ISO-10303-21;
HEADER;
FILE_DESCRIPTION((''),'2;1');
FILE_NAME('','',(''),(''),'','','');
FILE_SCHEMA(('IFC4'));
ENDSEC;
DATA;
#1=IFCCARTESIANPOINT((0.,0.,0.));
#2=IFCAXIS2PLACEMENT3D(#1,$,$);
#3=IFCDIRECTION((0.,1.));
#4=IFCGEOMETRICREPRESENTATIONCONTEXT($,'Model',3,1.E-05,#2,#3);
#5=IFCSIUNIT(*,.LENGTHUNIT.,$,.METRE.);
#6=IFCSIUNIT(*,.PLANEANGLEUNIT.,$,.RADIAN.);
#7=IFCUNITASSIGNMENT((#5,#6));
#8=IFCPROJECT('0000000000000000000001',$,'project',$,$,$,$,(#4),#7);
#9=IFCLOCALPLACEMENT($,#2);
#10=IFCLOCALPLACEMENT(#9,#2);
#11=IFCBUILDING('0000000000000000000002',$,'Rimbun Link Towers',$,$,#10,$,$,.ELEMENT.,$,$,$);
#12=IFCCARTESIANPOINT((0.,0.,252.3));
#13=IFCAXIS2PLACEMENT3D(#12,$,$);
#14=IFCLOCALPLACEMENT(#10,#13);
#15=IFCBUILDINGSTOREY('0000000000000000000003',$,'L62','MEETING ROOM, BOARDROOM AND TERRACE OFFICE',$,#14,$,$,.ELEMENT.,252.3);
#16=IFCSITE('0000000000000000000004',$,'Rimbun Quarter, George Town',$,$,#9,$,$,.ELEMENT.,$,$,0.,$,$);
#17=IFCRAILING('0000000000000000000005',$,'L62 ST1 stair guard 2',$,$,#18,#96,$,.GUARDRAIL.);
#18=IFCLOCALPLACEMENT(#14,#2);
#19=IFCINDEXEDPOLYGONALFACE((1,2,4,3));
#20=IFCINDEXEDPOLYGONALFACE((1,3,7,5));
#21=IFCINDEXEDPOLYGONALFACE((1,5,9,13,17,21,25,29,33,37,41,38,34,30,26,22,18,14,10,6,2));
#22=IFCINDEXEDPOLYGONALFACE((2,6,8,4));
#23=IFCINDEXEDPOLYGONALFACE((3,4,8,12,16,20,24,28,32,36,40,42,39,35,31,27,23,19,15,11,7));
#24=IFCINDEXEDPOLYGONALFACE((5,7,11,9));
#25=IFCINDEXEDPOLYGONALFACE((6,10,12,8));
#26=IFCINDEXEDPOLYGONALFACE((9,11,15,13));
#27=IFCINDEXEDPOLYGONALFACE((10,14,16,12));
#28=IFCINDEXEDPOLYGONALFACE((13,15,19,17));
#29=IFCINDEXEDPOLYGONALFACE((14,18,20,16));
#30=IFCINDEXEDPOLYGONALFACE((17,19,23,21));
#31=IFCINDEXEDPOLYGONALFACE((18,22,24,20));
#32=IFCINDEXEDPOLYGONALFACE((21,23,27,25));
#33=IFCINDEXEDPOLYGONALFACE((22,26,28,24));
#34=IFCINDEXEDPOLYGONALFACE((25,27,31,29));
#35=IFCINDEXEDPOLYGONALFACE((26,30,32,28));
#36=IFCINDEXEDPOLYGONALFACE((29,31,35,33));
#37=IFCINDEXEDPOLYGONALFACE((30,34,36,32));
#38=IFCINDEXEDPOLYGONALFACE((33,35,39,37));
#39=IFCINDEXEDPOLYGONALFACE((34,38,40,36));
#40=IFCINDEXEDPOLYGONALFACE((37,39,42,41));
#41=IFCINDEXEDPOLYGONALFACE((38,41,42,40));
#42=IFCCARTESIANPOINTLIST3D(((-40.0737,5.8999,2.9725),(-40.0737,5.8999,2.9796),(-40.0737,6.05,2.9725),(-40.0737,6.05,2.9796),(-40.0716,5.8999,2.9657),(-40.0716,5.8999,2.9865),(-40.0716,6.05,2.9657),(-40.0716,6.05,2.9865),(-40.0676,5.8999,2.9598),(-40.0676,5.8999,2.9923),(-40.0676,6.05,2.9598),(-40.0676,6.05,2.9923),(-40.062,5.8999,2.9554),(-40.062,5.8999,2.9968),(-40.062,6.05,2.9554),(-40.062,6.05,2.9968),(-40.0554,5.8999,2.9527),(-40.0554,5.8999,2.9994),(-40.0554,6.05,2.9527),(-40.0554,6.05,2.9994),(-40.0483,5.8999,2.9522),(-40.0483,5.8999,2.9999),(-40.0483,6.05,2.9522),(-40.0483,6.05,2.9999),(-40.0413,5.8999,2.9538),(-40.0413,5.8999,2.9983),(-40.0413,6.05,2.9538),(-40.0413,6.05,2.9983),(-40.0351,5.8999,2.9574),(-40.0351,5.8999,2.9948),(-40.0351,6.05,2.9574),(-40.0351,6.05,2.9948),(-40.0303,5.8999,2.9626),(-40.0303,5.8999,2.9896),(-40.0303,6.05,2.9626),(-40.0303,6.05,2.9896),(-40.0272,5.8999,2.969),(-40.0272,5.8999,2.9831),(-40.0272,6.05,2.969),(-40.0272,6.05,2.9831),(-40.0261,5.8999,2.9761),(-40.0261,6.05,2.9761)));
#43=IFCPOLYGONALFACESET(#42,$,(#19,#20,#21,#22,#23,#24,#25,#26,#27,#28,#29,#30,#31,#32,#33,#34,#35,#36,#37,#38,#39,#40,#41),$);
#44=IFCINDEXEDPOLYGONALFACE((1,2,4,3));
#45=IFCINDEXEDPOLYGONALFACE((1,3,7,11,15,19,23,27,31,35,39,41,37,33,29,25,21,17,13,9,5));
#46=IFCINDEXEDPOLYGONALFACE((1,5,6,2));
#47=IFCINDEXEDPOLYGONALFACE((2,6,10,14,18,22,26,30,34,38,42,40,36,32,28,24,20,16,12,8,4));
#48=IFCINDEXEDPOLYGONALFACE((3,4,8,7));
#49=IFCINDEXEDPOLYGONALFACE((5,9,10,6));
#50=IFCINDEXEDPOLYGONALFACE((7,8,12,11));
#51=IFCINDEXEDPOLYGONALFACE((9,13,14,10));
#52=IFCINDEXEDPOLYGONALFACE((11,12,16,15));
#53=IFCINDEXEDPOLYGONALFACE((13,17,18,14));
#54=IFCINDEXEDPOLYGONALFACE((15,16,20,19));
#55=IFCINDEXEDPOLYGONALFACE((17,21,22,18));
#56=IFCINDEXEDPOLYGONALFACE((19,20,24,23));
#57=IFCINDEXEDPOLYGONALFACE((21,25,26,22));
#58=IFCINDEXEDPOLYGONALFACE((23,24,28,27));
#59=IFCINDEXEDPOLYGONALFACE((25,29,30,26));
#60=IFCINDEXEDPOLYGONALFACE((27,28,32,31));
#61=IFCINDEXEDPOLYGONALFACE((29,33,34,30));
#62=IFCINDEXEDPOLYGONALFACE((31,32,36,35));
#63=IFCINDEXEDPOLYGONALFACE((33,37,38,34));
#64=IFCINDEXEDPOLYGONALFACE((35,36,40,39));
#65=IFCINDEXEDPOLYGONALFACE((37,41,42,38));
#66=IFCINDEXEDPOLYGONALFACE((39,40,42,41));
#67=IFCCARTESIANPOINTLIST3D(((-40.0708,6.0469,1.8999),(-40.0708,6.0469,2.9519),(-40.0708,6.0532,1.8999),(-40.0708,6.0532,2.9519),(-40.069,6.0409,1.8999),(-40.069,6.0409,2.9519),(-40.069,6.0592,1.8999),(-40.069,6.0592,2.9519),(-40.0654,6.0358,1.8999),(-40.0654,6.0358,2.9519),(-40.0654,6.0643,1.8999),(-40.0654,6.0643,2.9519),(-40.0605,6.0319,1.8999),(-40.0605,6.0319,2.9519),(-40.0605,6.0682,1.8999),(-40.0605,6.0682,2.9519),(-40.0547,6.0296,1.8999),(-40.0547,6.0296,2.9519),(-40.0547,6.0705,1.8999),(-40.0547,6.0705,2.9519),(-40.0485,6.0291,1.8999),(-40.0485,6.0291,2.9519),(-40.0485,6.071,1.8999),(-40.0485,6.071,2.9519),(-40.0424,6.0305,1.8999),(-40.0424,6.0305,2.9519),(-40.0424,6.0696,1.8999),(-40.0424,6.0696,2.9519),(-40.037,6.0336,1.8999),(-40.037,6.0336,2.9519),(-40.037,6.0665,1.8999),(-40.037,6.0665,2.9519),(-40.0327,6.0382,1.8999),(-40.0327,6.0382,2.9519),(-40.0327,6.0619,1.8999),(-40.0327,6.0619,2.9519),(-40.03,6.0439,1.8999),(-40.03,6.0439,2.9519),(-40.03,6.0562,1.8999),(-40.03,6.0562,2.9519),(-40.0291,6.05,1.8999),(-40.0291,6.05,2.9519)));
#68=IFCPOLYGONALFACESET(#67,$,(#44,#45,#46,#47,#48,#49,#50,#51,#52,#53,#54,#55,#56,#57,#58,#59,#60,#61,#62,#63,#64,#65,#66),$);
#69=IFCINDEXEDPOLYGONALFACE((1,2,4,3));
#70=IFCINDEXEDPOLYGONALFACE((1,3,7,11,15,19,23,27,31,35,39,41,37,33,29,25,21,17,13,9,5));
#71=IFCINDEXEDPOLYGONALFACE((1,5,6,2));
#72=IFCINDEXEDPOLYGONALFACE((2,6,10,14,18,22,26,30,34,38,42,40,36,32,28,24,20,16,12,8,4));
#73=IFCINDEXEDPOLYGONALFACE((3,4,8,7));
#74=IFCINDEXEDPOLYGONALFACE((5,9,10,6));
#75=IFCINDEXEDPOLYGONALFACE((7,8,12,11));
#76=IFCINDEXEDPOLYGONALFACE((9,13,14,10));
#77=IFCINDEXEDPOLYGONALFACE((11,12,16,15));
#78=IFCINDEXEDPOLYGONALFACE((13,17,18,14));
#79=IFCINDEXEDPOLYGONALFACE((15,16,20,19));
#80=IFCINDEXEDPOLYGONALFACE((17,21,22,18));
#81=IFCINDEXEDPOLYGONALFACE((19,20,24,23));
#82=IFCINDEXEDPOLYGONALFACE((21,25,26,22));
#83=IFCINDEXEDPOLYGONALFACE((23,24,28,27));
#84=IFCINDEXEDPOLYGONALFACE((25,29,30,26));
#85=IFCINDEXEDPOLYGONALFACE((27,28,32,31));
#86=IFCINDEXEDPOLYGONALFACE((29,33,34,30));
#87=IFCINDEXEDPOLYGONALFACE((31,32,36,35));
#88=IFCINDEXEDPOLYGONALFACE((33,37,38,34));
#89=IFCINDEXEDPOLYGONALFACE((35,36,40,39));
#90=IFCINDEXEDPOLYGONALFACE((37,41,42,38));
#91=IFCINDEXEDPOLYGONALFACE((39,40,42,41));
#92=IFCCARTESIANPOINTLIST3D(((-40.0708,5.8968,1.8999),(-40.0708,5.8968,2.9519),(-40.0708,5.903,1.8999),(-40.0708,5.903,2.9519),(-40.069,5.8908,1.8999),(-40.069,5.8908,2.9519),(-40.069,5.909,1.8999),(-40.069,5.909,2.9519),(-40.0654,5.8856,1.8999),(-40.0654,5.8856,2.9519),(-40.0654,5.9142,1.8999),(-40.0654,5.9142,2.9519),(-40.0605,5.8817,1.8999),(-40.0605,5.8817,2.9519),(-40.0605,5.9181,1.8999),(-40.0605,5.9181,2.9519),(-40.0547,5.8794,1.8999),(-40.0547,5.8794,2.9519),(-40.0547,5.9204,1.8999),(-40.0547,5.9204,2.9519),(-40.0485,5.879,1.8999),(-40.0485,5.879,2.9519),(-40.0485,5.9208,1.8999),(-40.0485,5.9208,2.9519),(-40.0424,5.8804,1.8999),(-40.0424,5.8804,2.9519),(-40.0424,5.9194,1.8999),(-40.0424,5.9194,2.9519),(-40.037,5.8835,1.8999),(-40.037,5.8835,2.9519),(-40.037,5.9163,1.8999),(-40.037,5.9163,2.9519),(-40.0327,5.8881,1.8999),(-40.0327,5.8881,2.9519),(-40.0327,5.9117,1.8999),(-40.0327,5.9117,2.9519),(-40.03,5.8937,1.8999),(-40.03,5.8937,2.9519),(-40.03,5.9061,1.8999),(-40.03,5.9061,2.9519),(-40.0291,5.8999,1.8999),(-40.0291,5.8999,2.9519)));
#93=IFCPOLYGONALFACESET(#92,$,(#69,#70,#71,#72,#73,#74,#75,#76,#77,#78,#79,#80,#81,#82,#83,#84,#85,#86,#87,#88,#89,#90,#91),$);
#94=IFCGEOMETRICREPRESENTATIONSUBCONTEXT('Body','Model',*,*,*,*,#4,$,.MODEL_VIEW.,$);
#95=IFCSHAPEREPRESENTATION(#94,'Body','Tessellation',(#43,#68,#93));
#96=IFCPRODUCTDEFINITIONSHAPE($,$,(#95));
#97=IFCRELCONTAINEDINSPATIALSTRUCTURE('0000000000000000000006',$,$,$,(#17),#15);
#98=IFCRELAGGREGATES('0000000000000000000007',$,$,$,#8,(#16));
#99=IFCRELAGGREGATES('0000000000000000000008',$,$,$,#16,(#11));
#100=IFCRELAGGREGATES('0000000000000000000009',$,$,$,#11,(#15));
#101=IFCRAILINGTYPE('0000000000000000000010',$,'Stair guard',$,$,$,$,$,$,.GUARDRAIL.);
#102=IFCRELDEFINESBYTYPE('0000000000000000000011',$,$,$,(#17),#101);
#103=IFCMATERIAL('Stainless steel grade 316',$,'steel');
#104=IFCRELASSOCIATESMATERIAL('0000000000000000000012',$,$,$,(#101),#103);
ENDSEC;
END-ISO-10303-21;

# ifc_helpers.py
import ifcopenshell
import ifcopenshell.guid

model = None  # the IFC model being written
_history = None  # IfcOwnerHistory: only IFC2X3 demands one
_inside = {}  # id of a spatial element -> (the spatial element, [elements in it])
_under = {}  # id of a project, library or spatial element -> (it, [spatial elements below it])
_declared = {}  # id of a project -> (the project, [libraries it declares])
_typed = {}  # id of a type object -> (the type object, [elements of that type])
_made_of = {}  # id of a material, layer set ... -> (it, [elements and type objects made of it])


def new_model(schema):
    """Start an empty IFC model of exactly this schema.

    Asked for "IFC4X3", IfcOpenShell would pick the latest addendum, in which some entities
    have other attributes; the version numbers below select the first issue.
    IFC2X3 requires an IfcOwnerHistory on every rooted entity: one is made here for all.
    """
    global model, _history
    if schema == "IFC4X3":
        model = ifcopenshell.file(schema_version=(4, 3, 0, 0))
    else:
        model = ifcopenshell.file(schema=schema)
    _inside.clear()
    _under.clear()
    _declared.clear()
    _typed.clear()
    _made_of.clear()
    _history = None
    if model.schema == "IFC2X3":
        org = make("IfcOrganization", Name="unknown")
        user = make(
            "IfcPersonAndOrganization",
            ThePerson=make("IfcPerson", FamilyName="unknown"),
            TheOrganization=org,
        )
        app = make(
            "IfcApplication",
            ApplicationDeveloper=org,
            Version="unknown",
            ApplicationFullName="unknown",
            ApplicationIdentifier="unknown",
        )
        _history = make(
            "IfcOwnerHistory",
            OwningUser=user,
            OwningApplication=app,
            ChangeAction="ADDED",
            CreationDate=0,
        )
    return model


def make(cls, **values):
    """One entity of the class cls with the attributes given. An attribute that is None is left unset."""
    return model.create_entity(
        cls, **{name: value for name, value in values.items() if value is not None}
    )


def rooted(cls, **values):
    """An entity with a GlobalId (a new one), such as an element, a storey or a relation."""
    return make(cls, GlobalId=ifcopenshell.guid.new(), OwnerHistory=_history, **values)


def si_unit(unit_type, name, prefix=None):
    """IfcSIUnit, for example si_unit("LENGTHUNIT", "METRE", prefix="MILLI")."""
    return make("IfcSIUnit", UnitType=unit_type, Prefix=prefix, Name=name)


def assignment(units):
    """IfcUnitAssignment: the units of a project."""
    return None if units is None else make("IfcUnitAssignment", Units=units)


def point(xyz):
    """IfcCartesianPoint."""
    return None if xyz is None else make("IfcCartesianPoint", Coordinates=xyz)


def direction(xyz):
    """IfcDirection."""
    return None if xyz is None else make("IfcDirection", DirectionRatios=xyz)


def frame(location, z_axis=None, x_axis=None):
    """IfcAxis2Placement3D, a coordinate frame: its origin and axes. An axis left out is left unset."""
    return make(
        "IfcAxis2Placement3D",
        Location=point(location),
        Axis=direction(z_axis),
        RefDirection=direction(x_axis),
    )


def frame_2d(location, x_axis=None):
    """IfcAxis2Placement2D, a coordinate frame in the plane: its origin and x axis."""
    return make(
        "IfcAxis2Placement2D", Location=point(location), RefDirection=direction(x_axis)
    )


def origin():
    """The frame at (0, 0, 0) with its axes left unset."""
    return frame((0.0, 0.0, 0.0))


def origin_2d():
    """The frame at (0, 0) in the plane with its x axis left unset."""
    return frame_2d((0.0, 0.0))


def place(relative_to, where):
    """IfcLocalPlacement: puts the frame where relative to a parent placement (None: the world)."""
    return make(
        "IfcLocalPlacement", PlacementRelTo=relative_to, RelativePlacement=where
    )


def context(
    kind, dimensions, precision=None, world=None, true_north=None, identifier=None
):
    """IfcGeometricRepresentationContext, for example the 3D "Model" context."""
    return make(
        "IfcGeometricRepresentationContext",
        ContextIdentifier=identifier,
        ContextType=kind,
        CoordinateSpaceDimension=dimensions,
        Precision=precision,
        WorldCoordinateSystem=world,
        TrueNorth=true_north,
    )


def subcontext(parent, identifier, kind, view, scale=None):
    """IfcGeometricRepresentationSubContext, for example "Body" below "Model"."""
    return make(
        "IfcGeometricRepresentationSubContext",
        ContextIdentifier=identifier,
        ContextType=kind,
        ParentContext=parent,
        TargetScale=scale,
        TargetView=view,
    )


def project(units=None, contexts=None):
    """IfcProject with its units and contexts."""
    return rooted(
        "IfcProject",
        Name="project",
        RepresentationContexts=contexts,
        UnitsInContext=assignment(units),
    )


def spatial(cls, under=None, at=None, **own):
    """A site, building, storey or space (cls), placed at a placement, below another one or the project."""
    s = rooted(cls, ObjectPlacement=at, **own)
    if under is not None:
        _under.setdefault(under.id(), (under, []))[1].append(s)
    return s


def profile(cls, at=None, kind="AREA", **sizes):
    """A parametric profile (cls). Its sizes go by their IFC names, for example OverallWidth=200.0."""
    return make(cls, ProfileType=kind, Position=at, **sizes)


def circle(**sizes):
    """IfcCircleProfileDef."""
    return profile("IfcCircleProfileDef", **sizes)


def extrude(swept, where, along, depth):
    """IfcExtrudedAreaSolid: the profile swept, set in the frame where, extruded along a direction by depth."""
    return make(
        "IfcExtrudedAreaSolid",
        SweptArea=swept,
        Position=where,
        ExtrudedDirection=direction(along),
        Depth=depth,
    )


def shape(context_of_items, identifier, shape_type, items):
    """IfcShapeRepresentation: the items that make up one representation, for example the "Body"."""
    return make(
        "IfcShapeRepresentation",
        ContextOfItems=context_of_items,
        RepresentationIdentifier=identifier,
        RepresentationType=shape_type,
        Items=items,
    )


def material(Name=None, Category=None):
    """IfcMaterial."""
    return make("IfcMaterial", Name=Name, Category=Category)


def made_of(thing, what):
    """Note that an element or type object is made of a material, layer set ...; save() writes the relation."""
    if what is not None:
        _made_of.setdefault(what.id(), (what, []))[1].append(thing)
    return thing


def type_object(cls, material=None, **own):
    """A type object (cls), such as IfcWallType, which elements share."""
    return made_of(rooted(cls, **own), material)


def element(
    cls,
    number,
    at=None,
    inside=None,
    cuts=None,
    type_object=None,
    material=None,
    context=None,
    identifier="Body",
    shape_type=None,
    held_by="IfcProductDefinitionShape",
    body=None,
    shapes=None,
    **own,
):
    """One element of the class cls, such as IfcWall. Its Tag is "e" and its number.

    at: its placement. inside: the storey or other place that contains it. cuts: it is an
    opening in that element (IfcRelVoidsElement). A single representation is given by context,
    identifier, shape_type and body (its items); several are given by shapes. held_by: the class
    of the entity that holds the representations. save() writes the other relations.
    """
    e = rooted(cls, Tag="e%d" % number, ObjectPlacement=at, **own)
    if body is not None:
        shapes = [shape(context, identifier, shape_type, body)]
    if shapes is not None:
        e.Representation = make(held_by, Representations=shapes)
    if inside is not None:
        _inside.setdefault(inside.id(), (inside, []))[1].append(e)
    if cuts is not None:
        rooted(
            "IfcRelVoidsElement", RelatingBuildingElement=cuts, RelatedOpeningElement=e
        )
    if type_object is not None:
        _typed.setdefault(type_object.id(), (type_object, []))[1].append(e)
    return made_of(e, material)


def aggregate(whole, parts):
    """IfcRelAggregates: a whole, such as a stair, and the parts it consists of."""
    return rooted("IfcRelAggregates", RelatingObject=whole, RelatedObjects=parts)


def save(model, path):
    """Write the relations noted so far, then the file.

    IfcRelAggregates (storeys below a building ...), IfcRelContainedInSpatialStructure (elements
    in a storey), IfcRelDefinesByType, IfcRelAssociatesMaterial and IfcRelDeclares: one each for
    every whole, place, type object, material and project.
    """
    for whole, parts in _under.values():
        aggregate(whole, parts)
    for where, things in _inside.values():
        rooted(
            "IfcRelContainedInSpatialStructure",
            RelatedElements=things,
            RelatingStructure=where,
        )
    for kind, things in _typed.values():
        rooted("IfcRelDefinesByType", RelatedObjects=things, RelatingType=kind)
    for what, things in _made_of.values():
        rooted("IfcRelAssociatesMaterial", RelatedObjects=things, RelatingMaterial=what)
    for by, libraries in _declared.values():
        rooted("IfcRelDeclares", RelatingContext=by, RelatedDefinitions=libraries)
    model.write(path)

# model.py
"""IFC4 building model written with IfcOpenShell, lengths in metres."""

from ifc_helpers import new_model, si_unit, direction, frame, origin, origin_2d, place, context, subcontext, project, spatial, circle, extrude, material, type_object, element, save


model = new_model("IFC4")

# Units and contexts
model_context = context("Model", 3, precision=1e-05, world=origin(), true_north=direction((0.0, 1.0)))
body_context = subcontext(model_context, "Body", "Model", "MODEL_VIEW")
ifc_project = project(units=[si_unit("LENGTHUNIT", "METRE"), si_unit("PLANEANGLEUNIT", "RADIAN")], contexts=[model_context])

# Site, building, storey
site_placement = place(None, origin())
site = spatial("IfcSite", under=ifc_project, at=site_placement, Name="Rimbun Quarter, George Town", CompositionType="ELEMENT", RefElevation=0.0)
building_placement = place(site_placement, origin())
building = spatial("IfcBuilding", under=site, at=building_placement, Name="Rimbun Link Towers", CompositionType="ELEMENT")
storey_placement = place(building_placement, frame((0.0, 0.0, 252.3)))
storey = spatial("IfcBuildingStorey", under=building, at=storey_placement, Name="L62", Description="MEETING ROOM, BOARDROOM AND TERRACE OFFICE", CompositionType="ELEMENT", Elevation=252.3)

# Railing
ifc_material_1 = material(Name="Stainless steel grade 316", Category="steel")
railing_type_1 = type_object("IfcRailingType", Name="Stair guard", PredefinedType="GUARDRAIL", material=ifc_material_1)
railing_1_placement = place(storey_placement, frame((-40.05, 6.05, 1.8999)))
element("IfcRailing", 1, at=railing_1_placement, inside=storey, type_object=railing_type_1, Name="L62 ST1 stair guard 2", PredefinedType="GUARDRAIL", context=body_context, shape_type="SweptSolid", body=[
    extrude(circle(Radius=0.0239, at=origin_2d()), frame((0.0, 0.0, 1.0762), z_axis=(0.0, -1.0, 0.0), x_axis=(1.0, 0.0, 0.0)), (0.0, 0.0, 1.0), 0.1501),
    extrude(circle(Radius=0.021, at=origin_2d()), origin(), (0.0, 0.0, 1.0), 1.052),
    extrude(circle(Radius=0.021, at=origin_2d()), frame((0.0, -0.1501, 0.0)), (0.0, 0.0, 1.0), 1.052),
])

save(model, "model.ifc")
